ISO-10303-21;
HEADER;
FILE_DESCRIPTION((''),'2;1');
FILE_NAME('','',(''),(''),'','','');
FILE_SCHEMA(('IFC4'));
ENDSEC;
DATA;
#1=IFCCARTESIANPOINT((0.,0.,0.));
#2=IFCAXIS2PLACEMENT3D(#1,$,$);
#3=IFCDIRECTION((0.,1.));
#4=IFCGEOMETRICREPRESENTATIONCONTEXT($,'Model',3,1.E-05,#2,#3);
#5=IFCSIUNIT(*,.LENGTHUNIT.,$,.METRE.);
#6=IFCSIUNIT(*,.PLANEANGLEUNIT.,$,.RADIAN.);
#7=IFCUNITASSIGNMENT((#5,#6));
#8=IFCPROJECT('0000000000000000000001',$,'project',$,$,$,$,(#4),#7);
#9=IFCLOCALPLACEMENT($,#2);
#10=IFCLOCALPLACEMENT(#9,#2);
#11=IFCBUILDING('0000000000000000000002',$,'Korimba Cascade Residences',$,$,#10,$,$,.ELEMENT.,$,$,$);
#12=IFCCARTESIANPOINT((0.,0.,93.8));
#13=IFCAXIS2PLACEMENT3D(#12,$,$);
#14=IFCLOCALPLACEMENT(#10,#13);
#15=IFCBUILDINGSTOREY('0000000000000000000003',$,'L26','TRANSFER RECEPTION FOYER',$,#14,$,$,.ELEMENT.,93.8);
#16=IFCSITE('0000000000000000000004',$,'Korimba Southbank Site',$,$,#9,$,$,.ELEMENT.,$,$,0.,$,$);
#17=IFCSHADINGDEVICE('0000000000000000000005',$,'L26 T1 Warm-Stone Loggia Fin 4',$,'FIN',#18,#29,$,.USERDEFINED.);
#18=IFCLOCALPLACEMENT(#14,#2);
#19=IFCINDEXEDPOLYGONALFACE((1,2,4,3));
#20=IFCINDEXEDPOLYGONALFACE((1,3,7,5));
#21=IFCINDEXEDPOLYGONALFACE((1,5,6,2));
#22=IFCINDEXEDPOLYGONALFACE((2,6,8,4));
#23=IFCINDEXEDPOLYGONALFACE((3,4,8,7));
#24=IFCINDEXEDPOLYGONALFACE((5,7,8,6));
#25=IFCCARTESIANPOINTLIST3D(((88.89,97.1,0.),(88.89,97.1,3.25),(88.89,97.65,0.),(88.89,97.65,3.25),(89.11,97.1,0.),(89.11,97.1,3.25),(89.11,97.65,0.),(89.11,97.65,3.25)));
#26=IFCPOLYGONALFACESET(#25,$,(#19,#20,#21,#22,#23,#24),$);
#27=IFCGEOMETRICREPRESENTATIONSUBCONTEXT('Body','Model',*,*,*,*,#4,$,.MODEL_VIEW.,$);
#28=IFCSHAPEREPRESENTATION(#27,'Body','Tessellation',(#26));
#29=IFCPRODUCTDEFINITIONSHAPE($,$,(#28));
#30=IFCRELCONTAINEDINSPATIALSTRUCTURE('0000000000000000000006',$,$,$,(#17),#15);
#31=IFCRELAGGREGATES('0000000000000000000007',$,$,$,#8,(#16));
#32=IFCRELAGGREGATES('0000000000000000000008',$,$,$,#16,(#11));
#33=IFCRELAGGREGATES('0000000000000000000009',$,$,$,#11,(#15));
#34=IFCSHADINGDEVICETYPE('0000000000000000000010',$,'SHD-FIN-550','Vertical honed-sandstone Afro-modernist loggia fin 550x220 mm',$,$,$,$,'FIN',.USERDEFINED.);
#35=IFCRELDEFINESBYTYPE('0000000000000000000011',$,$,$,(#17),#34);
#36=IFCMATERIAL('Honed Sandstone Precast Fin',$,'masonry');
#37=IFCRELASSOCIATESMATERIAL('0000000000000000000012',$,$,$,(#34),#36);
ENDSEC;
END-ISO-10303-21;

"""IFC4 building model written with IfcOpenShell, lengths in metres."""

from ifc_helpers import new_model, si_unit, direction, frame, origin, origin_2d, place, context, subcontext, project, spatial, rectangle, extrude, material, type_object, element, save


model = new_model("IFC4")

# Units and contexts
model_context = context("Model", 3, precision=1e-05, world=origin(), true_north=direction((0.0, 1.0)))
body_context = subcontext(model_context, "Body", "Model", "MODEL_VIEW")
ifc_project = project(units=[si_unit("LENGTHUNIT", "METRE"), si_unit("PLANEANGLEUNIT", "RADIAN")], contexts=[model_context])

# Site, building, storey
site_placement = place(None, origin())
site = spatial("IfcSite", under=ifc_project, at=site_placement, Name="Korimba Southbank Site", CompositionType="ELEMENT", RefElevation=0.0)
building_placement = place(site_placement, origin())
building = spatial("IfcBuilding", under=site, at=building_placement, Name="Korimba Cascade Residences", CompositionType="ELEMENT")
storey_placement = place(building_placement, frame((0.0, 0.0, 93.8)))
storey = spatial("IfcBuildingStorey", under=building, at=storey_placement, Name="L26", Description="TRANSFER RECEPTION FOYER", CompositionType="ELEMENT", Elevation=93.8)

# Shading device
ifc_material_1 = material(Name="Honed Sandstone Precast Fin", Category="masonry")
shading_device_type = type_object("IfcShadingDeviceType", Name="SHD-FIN-550", Description="Vertical honed-sandstone Afro-modernist loggia fin 550x220 mm", ElementType="FIN", PredefinedType="USERDEFINED", material=ifc_material_1)
for number, where, z_axis, x_axis, name in (
    (1, (89.0, 97.375, 0.0), (0.0, 0.0, 1.0), (1.0, 0.0, 0.0), "L26 T1 Warm-Stone Loggia Fin 4"),
):
    element("IfcShadingDevice", number, at=place(storey_placement, frame(where, z_axis=z_axis, x_axis=x_axis)), inside=storey, type_object=shading_device_type, Name=name, ObjectType="FIN", PredefinedType="USERDEFINED", context=body_context, shape_type="SweptSolid", body=[
        extrude(rectangle(XDim=0.22, YDim=0.55, at=origin_2d()), origin(), (0.0, 0.0, 1.0), 3.25),
    ])

save(model, "model.ifc")
